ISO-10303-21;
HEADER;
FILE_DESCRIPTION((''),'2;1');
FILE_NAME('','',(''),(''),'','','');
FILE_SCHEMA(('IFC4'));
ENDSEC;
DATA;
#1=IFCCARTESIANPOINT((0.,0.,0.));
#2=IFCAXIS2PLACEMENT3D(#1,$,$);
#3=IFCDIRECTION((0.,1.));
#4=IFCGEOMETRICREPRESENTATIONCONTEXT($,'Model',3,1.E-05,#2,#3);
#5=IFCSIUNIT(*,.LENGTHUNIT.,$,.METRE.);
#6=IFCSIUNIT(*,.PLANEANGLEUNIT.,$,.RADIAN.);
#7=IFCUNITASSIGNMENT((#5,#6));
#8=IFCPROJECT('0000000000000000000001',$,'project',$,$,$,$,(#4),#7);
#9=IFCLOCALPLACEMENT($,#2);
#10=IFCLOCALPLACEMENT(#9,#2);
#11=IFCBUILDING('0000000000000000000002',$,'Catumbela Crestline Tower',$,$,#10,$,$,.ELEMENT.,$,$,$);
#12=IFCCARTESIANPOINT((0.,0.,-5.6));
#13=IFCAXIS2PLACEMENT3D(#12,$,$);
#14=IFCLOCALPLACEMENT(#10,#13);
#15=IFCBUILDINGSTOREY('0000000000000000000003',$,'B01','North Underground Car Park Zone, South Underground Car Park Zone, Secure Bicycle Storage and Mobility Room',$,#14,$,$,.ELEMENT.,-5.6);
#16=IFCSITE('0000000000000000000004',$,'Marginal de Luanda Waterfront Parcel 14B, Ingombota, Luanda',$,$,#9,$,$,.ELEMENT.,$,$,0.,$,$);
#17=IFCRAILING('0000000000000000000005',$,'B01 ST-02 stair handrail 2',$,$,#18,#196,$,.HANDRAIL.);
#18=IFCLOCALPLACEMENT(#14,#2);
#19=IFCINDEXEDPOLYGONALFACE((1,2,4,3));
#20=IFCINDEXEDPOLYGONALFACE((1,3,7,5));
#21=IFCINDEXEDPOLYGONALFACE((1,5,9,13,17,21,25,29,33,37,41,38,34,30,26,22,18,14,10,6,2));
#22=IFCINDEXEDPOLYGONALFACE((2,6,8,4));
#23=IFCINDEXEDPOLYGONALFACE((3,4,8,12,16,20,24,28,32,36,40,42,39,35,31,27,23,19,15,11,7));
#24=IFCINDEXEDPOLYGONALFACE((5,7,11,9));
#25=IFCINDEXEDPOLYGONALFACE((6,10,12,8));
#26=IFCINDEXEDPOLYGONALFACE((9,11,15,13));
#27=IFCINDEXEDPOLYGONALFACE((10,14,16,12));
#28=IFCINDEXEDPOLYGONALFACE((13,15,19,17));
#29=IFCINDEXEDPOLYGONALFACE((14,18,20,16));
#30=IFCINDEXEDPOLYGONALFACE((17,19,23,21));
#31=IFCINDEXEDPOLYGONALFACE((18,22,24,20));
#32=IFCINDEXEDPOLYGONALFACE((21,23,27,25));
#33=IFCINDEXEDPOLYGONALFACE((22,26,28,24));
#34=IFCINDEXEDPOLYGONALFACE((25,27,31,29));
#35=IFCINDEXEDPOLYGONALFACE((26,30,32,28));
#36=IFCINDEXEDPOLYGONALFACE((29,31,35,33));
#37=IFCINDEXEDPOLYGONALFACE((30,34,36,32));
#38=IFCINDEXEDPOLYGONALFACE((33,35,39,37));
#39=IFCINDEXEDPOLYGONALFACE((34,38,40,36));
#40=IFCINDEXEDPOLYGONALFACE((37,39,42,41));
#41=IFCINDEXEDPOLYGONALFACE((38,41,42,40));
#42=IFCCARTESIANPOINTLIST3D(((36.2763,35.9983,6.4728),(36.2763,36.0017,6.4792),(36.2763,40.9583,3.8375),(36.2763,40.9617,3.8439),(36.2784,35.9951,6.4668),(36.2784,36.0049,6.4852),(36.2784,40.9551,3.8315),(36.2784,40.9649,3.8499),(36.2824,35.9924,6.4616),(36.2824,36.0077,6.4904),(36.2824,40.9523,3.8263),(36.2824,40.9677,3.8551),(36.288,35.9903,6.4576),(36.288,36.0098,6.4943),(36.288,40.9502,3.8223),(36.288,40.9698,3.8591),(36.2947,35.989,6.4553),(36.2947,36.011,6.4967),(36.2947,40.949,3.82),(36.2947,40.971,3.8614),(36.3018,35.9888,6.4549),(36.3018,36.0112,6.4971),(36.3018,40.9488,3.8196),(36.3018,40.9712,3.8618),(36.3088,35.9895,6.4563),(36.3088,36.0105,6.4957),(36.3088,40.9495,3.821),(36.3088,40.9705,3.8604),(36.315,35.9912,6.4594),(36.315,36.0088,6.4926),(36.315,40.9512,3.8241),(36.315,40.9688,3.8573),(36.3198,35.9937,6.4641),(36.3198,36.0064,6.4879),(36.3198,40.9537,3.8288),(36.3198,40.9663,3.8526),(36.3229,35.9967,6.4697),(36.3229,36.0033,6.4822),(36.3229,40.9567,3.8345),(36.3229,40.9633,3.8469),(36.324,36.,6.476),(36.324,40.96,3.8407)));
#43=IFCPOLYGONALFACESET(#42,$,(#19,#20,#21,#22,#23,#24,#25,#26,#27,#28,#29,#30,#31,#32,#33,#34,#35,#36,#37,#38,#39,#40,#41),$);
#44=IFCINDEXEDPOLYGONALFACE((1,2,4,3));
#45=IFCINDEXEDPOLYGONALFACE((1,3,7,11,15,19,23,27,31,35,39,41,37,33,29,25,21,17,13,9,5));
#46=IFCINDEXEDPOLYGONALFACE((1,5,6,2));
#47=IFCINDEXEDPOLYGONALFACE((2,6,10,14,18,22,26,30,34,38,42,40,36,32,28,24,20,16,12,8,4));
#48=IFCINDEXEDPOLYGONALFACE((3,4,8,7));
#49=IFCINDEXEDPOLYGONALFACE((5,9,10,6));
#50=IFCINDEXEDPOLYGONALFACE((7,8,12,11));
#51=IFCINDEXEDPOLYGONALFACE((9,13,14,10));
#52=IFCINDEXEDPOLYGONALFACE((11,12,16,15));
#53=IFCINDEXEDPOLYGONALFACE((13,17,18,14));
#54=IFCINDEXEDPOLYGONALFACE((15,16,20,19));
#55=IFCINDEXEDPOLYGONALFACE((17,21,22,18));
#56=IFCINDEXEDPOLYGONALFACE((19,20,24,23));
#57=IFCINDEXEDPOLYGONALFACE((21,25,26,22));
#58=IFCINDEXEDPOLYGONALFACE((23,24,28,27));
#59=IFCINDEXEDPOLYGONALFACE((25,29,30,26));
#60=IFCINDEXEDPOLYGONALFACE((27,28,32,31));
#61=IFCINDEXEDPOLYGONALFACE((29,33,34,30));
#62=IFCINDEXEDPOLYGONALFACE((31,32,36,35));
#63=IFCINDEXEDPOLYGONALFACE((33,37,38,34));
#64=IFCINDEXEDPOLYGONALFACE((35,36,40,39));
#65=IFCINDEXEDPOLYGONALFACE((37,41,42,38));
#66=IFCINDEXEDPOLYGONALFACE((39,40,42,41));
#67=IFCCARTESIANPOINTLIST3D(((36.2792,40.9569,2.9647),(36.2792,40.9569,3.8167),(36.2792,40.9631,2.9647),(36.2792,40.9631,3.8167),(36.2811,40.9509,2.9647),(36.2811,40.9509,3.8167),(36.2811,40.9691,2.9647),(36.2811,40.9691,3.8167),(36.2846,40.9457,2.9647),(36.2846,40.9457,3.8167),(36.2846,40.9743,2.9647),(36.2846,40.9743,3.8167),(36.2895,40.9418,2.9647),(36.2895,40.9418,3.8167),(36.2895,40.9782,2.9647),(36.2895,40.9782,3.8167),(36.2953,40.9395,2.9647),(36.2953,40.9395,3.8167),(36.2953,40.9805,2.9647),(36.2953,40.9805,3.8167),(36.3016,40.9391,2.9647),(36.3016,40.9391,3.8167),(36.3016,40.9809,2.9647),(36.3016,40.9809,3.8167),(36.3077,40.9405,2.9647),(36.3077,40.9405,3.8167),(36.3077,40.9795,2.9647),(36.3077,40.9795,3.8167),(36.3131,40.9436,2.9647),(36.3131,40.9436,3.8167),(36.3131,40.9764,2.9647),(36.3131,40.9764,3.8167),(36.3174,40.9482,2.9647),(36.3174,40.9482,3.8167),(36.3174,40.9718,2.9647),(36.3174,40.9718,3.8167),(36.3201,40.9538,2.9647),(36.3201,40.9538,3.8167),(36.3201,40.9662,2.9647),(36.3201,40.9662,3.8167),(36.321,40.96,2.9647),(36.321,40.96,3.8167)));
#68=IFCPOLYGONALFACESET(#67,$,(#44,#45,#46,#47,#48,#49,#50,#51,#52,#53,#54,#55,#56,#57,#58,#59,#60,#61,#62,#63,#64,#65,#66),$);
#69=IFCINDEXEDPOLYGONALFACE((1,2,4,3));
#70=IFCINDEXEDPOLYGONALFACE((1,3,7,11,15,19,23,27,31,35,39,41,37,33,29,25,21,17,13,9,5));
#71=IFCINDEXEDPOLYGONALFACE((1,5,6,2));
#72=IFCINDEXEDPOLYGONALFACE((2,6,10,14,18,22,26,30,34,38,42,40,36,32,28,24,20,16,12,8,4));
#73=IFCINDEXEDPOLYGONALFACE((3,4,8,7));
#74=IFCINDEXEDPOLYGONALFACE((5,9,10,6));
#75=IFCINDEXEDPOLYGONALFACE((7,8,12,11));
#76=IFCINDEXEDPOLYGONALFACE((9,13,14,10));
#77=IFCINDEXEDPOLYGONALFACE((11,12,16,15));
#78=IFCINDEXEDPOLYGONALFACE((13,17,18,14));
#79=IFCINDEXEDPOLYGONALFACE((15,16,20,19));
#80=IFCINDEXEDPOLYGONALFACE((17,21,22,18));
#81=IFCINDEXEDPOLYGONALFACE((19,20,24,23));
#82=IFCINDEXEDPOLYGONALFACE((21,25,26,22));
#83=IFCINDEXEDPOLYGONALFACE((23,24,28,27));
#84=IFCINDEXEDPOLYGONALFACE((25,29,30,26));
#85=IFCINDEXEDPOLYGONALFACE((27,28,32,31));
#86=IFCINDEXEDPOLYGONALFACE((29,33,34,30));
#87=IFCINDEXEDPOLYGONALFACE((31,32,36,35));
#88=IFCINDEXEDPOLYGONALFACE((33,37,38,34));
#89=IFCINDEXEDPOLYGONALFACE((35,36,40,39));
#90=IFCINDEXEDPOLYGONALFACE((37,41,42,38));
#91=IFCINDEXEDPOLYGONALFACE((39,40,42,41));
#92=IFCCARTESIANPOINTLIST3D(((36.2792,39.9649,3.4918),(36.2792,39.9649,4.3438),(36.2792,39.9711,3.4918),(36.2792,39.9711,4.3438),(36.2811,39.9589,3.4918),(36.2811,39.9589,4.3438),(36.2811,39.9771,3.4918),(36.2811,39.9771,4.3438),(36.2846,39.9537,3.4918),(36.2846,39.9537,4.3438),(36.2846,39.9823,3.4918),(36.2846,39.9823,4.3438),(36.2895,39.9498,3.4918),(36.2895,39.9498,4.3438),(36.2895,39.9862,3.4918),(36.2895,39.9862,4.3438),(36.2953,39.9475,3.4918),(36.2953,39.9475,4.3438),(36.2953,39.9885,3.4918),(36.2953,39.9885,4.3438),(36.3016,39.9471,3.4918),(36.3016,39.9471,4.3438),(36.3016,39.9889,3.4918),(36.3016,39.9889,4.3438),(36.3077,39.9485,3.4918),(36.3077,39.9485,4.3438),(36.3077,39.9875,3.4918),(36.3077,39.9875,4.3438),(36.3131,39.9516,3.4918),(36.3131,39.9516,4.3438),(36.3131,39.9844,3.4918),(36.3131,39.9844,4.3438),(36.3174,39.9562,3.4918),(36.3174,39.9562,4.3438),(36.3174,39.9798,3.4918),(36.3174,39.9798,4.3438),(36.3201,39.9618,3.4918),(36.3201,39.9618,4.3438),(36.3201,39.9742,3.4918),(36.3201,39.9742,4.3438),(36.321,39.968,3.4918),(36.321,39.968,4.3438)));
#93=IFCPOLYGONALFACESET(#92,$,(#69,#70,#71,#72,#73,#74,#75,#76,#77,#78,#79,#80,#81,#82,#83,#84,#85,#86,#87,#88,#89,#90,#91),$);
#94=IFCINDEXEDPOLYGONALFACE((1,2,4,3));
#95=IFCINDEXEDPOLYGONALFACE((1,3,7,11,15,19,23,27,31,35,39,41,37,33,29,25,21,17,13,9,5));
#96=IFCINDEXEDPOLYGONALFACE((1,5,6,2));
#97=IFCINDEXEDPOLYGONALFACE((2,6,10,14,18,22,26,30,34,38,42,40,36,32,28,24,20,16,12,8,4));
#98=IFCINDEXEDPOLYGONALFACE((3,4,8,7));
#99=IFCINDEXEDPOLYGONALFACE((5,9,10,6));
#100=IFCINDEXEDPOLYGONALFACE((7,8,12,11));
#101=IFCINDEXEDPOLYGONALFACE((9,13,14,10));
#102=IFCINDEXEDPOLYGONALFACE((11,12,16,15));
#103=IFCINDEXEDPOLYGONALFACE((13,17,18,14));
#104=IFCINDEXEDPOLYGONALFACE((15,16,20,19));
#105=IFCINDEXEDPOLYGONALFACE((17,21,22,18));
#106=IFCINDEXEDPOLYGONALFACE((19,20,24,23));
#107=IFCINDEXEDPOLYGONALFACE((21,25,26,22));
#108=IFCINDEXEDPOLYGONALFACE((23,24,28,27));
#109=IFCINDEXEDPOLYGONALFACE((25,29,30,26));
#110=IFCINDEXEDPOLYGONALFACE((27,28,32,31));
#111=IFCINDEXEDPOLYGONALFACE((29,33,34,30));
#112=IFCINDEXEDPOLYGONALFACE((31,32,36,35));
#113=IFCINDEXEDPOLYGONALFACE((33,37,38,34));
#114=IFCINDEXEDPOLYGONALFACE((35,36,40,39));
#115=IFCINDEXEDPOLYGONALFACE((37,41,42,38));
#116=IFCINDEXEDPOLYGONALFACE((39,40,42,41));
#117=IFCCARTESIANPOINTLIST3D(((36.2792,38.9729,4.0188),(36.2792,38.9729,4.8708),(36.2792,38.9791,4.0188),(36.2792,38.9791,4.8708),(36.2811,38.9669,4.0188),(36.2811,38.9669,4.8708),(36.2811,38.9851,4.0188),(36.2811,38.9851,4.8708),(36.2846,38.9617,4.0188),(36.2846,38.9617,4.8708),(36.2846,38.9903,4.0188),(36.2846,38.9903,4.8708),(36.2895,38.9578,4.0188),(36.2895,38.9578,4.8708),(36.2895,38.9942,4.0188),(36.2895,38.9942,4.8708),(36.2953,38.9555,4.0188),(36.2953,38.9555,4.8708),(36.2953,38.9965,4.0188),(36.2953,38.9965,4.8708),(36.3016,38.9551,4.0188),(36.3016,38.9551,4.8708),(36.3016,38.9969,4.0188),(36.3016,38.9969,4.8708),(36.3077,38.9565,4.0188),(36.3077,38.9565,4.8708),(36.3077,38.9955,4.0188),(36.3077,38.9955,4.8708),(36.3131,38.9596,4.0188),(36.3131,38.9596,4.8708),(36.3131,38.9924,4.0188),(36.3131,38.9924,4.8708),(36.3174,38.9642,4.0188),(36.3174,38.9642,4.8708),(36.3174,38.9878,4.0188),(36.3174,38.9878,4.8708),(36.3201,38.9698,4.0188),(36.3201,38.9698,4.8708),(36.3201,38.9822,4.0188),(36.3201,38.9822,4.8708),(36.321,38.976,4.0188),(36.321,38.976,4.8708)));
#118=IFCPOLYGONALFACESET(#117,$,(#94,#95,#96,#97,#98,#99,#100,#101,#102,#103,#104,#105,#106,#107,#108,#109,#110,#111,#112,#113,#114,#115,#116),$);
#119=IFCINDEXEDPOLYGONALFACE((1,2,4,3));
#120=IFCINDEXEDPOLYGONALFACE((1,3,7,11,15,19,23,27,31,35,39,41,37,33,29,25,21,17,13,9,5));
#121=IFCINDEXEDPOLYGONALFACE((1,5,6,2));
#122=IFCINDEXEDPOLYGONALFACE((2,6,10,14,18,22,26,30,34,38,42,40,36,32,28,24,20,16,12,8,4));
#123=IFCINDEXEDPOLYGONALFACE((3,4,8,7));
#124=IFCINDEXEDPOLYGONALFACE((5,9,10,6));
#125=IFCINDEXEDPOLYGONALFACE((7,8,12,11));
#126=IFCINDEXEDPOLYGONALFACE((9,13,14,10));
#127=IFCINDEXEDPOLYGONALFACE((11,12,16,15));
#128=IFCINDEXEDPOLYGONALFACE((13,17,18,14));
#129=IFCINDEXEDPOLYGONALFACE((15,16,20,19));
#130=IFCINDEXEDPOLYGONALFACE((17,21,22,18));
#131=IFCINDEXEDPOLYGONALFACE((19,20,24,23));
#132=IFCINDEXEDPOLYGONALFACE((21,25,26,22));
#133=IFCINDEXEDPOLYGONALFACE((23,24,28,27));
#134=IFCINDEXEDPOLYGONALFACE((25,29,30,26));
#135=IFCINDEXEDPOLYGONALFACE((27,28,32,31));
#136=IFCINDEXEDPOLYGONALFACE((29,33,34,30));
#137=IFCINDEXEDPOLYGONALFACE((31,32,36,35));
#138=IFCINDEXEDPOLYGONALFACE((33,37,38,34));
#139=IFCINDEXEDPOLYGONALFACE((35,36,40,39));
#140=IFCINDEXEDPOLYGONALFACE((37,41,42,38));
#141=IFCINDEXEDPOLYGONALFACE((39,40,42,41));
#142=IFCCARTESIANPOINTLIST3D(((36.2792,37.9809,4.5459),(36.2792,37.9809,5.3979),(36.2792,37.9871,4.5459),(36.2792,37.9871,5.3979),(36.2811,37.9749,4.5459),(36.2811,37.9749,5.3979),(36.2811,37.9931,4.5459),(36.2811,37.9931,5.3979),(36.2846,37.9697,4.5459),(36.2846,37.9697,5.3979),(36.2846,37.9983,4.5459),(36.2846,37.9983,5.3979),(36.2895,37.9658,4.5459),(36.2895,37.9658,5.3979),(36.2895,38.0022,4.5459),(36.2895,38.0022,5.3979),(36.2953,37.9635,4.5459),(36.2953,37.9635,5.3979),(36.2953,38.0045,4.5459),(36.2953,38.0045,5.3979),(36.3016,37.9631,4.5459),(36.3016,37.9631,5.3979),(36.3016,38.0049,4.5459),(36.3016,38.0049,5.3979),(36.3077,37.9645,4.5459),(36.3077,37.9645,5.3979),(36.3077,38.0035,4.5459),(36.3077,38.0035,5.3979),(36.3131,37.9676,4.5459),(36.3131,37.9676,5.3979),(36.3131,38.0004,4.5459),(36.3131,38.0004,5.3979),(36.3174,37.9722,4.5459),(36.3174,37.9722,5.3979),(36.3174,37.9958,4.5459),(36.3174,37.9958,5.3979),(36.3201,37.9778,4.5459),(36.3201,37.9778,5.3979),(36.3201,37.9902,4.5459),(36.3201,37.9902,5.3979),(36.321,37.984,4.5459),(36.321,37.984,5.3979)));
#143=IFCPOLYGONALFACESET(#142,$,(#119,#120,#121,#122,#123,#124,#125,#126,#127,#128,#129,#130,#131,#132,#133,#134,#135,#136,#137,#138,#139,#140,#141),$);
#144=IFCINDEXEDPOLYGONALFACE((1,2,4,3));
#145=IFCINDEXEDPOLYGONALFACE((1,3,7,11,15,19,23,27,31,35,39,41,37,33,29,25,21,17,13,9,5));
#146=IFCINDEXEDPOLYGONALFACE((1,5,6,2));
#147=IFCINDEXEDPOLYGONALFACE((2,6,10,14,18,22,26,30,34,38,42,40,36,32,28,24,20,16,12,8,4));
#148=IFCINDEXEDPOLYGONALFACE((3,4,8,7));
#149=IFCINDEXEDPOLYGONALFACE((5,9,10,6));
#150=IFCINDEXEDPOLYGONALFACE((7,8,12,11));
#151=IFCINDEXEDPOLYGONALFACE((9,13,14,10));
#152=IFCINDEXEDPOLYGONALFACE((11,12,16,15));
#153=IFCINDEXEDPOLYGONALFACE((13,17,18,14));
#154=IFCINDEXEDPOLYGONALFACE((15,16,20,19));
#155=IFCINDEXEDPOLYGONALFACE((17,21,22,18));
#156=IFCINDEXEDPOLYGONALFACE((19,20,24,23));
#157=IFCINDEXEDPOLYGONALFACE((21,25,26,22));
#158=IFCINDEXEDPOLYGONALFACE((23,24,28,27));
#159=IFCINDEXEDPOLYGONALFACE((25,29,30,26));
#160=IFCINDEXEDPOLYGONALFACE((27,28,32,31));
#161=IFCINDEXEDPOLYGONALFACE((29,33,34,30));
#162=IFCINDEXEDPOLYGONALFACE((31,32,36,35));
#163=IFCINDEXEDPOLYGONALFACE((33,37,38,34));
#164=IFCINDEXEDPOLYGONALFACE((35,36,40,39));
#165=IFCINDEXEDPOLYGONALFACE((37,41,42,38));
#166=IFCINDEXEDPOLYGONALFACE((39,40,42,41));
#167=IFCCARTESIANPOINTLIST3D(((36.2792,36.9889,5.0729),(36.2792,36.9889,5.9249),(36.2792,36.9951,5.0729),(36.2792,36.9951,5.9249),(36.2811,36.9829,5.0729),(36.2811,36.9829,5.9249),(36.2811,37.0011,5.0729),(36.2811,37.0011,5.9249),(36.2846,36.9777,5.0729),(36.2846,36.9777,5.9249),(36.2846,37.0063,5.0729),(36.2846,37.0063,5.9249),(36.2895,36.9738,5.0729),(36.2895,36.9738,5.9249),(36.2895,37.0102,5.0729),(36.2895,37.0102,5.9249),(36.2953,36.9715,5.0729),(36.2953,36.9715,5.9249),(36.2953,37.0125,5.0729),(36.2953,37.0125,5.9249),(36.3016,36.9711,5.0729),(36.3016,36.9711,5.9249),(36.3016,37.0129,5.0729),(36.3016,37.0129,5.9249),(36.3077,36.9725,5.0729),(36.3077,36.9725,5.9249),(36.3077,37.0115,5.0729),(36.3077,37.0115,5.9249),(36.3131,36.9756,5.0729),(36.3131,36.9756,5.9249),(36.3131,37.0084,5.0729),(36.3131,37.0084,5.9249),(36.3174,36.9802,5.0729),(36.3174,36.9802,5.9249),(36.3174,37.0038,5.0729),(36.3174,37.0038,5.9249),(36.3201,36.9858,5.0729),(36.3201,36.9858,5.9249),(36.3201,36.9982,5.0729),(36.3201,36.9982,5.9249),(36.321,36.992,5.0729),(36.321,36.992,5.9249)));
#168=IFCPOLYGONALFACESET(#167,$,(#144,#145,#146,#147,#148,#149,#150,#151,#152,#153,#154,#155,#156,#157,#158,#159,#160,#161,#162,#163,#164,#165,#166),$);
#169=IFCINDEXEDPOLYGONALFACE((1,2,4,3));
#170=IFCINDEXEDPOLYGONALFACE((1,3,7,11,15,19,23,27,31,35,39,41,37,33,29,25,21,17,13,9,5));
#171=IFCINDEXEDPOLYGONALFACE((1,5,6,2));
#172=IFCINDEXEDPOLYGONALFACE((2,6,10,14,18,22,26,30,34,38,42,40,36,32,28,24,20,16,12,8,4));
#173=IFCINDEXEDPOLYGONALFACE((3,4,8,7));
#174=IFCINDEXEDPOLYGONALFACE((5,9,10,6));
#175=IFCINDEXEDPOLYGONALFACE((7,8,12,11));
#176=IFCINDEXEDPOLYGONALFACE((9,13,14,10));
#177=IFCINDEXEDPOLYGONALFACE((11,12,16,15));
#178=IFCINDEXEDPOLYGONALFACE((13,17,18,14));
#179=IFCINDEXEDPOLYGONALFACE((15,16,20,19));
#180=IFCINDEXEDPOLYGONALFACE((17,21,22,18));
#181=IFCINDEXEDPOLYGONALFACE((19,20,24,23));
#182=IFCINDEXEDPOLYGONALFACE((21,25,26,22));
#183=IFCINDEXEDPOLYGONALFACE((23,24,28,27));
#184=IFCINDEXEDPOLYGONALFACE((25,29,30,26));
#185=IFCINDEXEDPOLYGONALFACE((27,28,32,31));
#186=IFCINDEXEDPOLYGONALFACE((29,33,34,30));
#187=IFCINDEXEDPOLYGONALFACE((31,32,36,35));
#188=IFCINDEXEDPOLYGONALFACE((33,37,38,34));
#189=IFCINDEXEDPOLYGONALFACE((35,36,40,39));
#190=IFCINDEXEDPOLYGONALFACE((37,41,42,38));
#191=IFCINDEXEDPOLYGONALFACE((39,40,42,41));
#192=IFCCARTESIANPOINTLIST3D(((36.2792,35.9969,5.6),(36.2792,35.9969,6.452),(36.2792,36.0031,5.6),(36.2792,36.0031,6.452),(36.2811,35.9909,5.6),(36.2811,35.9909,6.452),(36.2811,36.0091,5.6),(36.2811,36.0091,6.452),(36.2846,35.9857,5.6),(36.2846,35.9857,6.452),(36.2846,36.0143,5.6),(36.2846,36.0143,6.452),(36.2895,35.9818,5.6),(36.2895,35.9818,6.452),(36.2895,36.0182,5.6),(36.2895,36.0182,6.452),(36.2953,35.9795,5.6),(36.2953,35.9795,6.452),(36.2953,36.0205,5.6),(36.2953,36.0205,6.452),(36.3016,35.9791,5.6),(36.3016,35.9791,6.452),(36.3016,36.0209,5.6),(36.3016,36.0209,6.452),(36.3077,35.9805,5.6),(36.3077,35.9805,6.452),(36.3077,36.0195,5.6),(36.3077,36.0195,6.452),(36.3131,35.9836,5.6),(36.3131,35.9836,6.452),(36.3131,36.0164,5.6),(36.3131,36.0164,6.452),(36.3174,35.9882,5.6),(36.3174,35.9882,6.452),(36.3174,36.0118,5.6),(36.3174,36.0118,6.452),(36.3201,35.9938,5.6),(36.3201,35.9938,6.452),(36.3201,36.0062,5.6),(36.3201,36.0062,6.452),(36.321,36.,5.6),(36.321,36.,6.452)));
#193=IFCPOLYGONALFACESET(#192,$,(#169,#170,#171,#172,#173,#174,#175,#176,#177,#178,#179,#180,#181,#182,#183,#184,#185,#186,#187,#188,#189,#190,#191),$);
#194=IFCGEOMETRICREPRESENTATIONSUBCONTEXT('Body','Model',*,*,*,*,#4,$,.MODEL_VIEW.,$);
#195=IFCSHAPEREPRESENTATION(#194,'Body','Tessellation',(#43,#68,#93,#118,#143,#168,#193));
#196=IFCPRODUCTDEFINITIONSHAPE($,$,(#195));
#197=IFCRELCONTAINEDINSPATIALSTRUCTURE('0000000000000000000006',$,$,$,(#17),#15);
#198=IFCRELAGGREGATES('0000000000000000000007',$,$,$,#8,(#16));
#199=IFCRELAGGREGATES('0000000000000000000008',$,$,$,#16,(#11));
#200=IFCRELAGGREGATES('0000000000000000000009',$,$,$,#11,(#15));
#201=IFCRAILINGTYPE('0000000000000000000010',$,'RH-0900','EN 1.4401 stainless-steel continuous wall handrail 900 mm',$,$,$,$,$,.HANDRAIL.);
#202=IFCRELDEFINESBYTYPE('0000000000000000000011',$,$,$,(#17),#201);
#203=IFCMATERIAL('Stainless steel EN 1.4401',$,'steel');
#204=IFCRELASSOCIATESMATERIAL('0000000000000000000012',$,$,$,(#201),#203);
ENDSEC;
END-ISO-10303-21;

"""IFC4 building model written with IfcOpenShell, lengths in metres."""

from ifc_helpers import new_model, si_unit, direction, frame, origin, origin_2d, place, context, subcontext, project, spatial, circle, extrude, material, type_object, element, save


model = new_model("IFC4")

# Units and contexts
model_context = context("Model", 3, precision=1e-05, world=origin(), true_north=direction((0.0, 1.0)))
body_context = subcontext(model_context, "Body", "Model", "MODEL_VIEW")
ifc_project = project(units=[si_unit("LENGTHUNIT", "METRE"), si_unit("PLANEANGLEUNIT", "RADIAN")], contexts=[model_context])

# Site, building, storey
site_placement = place(None, origin())
site = spatial("IfcSite", under=ifc_project, at=site_placement, Name="Marginal de Luanda Waterfront Parcel 14B, Ingombota, Luanda", CompositionType="ELEMENT", RefElevation=0.0)
building_placement = place(site_placement, origin())
building = spatial("IfcBuilding", under=site, at=building_placement, Name="Catumbela Crestline Tower", CompositionType="ELEMENT")
storey_placement = place(building_placement, frame((0.0, 0.0, -5.6)))
storey = spatial("IfcBuildingStorey", under=building, at=storey_placement, Name="B01", Description="North Underground Car Park Zone, South Underground Car Park Zone, Secure Bicycle Storage and Mobility Room", CompositionType="ELEMENT", Elevation=-5.6)

# Shared definitions
ifc_material_1 = material(Name="Stainless steel EN 1.4401", Category="steel")

# Railing
railing_type_1 = type_object("IfcRailingType", Name="RH-0900", Description="EN 1.4401 stainless-steel continuous wall handrail 900 mm", PredefinedType="HANDRAIL", material=ifc_material_1)
railing_1_placement = place(storey_placement, frame((36.3, 40.96, 2.9647)))
element("IfcRailing", 1, at=railing_1_placement, inside=storey, type_object=railing_type_1, Name="B01 ST-02 stair handrail 2", PredefinedType="HANDRAIL", context=body_context, shape_type="SweptSolid", body=[
    extrude(circle(Radius=0.024, at=origin_2d()), frame((0.0, 0.0, 0.876), z_axis=(0.0, -0.883094, 0.469197), x_axis=(1.0, 0.0, 0.0)), (0.0, 0.0, 1.0), 5.6166),
    extrude(circle(Radius=0.021, at=origin_2d()), origin(), (0.0, 0.0, 1.0), 0.852),
    extrude(circle(Radius=0.021, at=origin_2d()), frame((0.0, -0.992, 0.5271)), (0.0, 0.0, 1.0), 0.852),
    extrude(circle(Radius=0.021, at=origin_2d()), frame((0.0, -1.984, 1.0541)), (0.0, 0.0, 1.0), 0.852),
    extrude(circle(Radius=0.021, at=origin_2d()), frame((0.0, -2.976, 1.5812)), (0.0, 0.0, 1.0), 0.852),
    extrude(circle(Radius=0.021, at=origin_2d()), frame((0.0, -3.968, 2.1082)), (0.0, 0.0, 1.0), 0.852),
    extrude(circle(Radius=0.021, at=origin_2d()), frame((0.0, -4.96, 2.6353)), (0.0, 0.0, 1.0), 0.852),
])

save(model, "model.ifc")
